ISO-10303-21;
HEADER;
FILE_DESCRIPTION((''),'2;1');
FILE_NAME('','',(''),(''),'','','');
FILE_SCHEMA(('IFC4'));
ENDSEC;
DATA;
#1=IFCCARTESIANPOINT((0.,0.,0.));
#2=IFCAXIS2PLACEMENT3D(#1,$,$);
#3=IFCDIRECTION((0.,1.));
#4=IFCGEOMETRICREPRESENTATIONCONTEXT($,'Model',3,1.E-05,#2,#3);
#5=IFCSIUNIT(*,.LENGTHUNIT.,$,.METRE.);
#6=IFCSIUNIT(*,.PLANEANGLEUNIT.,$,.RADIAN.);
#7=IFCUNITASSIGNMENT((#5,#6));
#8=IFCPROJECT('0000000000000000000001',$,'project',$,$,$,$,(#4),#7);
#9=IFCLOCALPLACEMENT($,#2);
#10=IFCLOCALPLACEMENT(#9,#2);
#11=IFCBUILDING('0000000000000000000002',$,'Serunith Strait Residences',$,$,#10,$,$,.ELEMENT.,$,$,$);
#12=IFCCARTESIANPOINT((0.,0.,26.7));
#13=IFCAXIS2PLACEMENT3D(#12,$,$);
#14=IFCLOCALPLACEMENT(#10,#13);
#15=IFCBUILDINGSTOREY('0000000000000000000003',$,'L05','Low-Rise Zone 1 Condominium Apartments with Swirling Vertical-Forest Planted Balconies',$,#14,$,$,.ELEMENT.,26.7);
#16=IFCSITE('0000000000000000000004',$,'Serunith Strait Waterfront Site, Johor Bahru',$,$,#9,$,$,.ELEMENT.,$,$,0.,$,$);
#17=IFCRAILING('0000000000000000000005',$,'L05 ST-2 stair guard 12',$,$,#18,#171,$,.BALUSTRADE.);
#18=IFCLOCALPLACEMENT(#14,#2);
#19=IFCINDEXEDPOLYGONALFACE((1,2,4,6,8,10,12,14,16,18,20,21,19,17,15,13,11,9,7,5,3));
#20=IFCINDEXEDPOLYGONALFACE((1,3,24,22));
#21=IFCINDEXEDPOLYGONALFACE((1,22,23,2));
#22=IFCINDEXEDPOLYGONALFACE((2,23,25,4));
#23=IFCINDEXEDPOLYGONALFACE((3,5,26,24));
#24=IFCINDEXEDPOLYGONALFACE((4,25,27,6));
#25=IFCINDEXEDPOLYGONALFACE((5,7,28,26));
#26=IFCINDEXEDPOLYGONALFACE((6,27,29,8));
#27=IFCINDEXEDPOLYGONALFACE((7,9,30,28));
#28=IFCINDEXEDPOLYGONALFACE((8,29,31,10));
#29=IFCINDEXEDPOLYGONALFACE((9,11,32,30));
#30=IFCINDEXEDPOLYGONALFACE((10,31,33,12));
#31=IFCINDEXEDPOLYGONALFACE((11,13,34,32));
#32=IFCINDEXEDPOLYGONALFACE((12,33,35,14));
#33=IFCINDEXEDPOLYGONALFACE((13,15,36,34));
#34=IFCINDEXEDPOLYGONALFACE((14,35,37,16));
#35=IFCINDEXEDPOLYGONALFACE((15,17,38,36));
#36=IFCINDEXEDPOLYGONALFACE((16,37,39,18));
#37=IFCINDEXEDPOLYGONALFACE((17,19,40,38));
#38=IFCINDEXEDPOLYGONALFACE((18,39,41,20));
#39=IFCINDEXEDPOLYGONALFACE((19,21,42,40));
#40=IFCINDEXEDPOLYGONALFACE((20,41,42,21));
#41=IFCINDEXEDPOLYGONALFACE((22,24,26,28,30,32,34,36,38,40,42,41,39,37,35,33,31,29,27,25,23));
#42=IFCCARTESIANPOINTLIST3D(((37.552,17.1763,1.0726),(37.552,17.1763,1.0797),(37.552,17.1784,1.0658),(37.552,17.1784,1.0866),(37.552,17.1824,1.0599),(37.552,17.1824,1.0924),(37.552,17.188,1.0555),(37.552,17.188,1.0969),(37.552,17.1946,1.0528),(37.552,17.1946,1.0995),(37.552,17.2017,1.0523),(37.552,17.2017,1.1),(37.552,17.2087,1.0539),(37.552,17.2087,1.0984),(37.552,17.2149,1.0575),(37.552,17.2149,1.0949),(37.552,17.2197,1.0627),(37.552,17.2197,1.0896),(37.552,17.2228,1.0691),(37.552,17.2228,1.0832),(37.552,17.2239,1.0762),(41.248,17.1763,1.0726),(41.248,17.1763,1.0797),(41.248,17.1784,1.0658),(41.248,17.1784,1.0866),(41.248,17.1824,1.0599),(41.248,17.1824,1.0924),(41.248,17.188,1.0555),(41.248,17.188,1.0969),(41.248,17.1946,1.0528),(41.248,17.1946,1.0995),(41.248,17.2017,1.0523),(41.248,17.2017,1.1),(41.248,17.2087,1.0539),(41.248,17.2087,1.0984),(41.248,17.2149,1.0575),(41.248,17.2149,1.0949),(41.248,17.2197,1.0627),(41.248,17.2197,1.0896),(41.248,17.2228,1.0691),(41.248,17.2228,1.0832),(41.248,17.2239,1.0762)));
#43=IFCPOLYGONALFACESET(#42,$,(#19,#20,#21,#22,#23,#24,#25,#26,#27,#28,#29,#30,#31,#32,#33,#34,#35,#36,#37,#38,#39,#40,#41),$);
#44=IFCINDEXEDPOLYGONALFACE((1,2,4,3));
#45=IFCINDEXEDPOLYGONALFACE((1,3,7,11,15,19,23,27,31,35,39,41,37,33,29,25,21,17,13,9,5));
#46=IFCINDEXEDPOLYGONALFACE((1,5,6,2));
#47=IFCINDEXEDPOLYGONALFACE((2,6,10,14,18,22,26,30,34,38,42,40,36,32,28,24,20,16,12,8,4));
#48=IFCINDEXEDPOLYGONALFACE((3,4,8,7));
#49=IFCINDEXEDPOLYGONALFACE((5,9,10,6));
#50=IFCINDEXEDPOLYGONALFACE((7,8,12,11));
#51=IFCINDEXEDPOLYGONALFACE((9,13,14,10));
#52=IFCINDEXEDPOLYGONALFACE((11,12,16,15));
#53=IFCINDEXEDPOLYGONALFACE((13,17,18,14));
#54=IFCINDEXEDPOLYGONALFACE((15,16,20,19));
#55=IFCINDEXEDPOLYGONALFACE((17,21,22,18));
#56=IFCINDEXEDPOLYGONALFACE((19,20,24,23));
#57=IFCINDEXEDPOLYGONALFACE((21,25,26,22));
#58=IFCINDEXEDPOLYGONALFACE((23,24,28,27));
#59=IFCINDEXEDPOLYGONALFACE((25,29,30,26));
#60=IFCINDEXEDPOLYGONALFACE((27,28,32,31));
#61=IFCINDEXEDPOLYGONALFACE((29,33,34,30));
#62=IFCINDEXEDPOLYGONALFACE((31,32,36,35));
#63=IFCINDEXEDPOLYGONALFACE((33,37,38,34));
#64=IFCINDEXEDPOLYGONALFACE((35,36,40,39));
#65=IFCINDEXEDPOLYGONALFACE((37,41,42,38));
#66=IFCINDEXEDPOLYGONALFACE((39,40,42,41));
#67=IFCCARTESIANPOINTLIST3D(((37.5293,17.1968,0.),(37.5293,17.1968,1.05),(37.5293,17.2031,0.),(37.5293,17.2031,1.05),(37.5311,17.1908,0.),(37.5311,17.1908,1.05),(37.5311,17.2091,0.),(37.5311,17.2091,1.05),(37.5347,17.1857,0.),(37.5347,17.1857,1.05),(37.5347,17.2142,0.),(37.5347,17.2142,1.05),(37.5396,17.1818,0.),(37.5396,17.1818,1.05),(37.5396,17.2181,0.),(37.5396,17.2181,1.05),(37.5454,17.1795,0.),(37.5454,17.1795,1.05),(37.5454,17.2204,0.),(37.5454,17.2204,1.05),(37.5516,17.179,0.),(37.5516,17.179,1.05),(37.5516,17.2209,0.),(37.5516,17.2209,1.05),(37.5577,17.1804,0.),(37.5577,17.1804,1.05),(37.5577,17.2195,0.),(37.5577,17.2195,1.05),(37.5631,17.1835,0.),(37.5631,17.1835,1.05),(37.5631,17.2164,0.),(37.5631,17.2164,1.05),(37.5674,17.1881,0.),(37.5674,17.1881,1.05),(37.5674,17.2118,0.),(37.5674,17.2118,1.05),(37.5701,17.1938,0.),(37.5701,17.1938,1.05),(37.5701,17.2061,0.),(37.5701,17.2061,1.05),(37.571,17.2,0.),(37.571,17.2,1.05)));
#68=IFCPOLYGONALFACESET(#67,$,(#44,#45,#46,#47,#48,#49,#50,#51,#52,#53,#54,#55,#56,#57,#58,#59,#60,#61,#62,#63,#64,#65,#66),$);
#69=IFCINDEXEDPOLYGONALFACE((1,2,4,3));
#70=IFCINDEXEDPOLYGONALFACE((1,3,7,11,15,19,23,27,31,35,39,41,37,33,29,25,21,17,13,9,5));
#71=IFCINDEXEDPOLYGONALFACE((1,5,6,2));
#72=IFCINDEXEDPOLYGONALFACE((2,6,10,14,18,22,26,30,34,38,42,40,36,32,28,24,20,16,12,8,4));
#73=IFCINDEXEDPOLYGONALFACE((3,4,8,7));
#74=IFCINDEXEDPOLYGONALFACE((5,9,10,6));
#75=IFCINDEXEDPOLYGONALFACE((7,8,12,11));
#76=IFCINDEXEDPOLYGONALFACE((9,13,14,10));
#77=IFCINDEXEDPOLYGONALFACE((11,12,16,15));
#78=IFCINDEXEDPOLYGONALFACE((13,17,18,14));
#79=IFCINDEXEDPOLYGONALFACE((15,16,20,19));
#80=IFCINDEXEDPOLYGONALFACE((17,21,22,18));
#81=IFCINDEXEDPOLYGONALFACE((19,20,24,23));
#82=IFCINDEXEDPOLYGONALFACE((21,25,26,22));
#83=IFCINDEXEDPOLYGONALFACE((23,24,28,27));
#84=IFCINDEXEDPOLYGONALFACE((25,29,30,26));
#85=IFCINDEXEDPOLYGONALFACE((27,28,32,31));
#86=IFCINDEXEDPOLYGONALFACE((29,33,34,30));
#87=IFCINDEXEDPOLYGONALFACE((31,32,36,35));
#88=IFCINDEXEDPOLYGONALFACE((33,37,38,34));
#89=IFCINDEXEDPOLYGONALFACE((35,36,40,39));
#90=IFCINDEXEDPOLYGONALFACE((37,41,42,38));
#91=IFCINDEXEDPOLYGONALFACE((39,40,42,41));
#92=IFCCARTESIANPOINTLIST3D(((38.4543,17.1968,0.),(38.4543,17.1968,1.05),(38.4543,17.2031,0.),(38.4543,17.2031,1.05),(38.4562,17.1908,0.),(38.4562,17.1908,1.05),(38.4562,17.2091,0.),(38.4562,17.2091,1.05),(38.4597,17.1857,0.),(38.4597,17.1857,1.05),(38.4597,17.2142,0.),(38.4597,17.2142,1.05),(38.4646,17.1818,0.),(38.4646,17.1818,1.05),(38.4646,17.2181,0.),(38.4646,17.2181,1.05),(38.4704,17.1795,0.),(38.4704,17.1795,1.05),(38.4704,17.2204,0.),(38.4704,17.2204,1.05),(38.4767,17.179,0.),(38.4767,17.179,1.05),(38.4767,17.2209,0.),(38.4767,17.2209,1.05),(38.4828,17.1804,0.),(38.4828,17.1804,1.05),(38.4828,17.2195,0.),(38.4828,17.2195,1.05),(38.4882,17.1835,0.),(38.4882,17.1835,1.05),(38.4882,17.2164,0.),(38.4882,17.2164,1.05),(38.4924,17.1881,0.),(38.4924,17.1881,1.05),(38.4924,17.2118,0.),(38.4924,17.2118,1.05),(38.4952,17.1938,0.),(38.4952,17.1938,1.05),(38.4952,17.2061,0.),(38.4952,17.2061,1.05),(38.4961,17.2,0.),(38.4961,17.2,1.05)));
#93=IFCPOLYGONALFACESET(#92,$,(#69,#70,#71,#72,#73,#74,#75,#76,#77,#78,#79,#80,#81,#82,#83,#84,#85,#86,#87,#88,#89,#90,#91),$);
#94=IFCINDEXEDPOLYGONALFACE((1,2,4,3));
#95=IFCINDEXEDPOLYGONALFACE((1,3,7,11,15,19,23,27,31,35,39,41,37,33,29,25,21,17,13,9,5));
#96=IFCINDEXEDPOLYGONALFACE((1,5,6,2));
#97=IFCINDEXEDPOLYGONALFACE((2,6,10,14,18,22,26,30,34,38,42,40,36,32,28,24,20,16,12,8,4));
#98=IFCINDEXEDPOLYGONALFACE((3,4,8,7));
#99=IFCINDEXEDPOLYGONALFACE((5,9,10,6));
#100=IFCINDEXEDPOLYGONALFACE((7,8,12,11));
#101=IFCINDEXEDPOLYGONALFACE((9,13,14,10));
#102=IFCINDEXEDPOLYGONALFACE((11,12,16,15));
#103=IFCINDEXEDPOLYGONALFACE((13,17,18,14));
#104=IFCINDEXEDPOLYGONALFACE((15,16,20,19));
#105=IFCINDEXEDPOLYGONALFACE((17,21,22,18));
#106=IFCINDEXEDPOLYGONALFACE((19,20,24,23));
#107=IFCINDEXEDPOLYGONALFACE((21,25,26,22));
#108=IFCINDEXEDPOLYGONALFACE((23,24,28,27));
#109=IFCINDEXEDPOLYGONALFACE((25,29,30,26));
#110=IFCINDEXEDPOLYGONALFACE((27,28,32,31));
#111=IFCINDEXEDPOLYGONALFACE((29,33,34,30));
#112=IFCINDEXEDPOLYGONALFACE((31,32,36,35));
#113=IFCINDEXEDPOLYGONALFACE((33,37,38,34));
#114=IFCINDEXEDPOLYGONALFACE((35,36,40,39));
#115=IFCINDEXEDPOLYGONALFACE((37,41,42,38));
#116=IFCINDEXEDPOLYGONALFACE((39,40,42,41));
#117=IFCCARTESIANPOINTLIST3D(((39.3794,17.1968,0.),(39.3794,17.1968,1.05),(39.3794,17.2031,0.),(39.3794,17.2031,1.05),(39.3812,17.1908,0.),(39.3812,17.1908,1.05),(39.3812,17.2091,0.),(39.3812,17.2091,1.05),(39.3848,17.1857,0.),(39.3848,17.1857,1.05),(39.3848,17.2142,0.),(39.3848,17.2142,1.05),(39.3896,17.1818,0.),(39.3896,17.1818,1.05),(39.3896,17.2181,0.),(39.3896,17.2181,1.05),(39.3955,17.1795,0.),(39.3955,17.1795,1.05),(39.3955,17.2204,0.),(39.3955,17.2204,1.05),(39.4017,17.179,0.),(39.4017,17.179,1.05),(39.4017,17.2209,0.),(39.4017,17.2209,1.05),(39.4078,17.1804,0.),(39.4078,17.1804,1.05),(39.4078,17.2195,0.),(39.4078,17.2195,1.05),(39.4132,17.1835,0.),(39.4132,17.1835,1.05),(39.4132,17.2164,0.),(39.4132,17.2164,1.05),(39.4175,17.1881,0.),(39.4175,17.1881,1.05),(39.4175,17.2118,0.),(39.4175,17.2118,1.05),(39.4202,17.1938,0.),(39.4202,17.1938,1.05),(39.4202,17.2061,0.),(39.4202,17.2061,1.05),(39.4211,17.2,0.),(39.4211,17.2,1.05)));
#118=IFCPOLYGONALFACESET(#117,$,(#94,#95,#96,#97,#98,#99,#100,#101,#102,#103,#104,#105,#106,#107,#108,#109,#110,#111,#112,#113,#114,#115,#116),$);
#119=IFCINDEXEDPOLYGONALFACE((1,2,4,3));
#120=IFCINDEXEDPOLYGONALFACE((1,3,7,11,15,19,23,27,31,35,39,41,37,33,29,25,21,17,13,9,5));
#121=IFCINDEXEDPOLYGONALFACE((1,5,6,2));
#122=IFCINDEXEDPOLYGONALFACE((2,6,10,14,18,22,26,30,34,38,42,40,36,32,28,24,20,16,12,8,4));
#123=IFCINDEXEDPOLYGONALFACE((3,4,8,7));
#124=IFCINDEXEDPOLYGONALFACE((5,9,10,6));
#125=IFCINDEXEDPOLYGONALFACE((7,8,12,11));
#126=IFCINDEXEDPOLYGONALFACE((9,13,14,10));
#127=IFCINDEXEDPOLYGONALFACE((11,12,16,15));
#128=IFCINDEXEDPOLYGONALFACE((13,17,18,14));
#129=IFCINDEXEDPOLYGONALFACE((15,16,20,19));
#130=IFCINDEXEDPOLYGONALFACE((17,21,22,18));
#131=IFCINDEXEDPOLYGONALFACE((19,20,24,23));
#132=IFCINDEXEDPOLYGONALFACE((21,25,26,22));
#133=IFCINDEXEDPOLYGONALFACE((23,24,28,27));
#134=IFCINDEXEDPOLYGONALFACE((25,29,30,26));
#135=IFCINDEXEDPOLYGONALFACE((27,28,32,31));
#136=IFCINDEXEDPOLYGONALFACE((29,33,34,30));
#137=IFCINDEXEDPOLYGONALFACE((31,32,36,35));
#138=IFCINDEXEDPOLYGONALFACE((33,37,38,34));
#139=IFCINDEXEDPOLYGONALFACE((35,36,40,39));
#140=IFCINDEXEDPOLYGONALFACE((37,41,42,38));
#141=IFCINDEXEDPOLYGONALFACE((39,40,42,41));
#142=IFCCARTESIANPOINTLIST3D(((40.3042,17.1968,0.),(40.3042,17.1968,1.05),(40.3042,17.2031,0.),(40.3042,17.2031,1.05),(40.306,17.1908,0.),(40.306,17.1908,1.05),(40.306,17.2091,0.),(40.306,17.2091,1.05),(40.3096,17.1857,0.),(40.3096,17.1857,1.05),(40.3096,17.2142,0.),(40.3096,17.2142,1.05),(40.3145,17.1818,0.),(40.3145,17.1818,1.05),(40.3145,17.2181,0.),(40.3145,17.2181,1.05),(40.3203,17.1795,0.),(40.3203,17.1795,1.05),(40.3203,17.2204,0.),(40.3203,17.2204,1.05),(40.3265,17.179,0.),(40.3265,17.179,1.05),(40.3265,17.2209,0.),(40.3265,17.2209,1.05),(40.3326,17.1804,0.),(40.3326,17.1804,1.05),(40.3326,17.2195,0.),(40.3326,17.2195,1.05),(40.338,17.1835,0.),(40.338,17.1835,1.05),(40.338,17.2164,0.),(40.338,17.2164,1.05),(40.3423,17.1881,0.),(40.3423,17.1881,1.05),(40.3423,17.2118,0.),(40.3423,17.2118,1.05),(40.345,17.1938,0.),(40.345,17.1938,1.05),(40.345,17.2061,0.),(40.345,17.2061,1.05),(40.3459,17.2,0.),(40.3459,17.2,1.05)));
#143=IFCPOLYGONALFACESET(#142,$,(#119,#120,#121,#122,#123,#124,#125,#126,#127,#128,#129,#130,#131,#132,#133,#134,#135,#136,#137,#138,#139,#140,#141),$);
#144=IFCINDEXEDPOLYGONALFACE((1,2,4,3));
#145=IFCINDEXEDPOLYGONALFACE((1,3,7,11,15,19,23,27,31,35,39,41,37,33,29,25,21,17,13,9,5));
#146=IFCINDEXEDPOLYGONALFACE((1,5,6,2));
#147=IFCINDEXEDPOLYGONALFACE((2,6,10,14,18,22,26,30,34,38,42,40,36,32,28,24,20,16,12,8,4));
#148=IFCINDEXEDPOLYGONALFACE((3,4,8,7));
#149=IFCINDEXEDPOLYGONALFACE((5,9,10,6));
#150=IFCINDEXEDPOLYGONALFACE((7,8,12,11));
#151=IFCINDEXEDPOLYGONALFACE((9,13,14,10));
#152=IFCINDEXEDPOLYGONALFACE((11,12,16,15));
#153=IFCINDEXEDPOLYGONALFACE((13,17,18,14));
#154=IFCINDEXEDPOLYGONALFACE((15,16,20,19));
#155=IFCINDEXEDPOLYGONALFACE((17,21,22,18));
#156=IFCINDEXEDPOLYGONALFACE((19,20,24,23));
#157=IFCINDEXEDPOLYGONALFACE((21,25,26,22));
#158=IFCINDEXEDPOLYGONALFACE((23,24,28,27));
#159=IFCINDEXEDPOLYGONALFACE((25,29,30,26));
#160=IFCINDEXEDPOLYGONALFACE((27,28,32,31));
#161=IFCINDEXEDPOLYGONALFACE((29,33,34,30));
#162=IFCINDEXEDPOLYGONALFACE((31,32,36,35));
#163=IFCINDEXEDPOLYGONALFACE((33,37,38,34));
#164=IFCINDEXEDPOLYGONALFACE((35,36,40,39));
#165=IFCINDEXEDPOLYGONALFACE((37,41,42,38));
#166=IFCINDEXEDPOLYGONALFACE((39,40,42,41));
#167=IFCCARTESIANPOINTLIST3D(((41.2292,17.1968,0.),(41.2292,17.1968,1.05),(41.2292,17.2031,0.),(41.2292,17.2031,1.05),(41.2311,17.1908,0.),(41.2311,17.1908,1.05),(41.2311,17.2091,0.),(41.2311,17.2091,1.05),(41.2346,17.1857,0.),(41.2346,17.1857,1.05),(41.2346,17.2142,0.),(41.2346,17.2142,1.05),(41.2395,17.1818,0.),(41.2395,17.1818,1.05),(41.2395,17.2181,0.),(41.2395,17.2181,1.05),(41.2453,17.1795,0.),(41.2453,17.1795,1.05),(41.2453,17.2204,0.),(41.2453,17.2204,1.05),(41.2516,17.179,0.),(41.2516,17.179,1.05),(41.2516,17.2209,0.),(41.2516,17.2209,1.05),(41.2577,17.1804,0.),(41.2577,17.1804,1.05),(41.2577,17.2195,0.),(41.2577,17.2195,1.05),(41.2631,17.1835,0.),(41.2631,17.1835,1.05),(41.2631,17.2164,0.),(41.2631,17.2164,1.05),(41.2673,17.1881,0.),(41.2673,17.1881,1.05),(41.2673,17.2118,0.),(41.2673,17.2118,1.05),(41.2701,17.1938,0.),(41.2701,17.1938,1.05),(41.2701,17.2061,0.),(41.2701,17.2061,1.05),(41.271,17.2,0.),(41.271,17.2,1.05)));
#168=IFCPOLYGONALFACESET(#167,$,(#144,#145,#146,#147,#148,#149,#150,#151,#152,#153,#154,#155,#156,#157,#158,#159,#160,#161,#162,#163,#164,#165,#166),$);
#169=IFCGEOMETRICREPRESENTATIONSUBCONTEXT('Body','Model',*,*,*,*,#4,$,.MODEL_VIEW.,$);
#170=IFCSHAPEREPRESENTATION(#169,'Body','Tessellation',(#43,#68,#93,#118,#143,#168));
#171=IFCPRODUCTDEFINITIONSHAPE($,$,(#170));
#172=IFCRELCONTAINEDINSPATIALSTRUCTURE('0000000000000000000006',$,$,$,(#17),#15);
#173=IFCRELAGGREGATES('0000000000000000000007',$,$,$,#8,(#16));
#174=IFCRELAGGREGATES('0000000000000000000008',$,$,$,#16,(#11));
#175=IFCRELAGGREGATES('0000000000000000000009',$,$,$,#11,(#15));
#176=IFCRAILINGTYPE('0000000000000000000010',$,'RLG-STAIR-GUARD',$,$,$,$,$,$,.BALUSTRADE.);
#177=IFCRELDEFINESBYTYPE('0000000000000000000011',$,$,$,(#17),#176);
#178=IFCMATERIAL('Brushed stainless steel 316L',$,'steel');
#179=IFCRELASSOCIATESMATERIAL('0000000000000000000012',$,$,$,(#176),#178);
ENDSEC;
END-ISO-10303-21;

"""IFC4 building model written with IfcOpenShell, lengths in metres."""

from ifc_helpers import new_model, si_unit, direction, frame, origin, origin_2d, place, context, subcontext, project, spatial, circle, extrude, material, type_object, element, save


model = new_model("IFC4")

# Units and contexts
model_context = context("Model", 3, precision=1e-05, world=origin(), true_north=direction((0.0, 1.0)))
body_context = subcontext(model_context, "Body", "Model", "MODEL_VIEW")
ifc_project = project(units=[si_unit("LENGTHUNIT", "METRE"), si_unit("PLANEANGLEUNIT", "RADIAN")], contexts=[model_context])

# Site, building, storey
site_placement = place(None, origin())
site = spatial("IfcSite", under=ifc_project, at=site_placement, Name="Serunith Strait Waterfront Site, Johor Bahru", CompositionType="ELEMENT", RefElevation=0.0)
building_placement = place(site_placement, origin())
building = spatial("IfcBuilding", under=site, at=building_placement, Name="Serunith Strait Residences", CompositionType="ELEMENT")
storey_placement = place(building_placement, frame((0.0, 0.0, 26.7)))
storey = spatial("IfcBuildingStorey", under=building, at=storey_placement, Name="L05", Description="Low-Rise Zone 1 Condominium Apartments with Swirling Vertical-Forest Planted Balconies", CompositionType="ELEMENT", Elevation=26.7)

# Railing
ifc_material_1 = material(Name="Brushed stainless steel 316L", Category="steel")
railing_type_1 = type_object("IfcRailingType", Name="RLG-STAIR-GUARD", PredefinedType="BALUSTRADE", material=ifc_material_1)
railing_1_placement = place(storey_placement, frame((37.55, 17.2, 0.0)))
element("IfcRailing", 1, at=railing_1_placement, inside=storey, type_object=railing_type_1, Name="L05 ST-2 stair guard 12", PredefinedType="BALUSTRADE", context=body_context, shape_type="SweptSolid", body=[
    extrude(circle(Radius=0.0239, at=origin_2d()), frame((0.002, 0.0, 1.0762), z_axis=(1.0, 0.0, 0.0), x_axis=(0.0, 1.0, 0.0)), (0.0, 0.0, 1.0), 3.696),
    extrude(circle(Radius=0.021, at=origin_2d()), origin(), (0.0, 0.0, 1.0), 1.05),
    extrude(circle(Radius=0.021, at=origin_2d()), frame((0.925, 0.0, 0.0)), (0.0, 0.0, 1.0), 1.05),
    extrude(circle(Radius=0.021, at=origin_2d()), frame((1.8501, 0.0, 0.0)), (0.0, 0.0, 1.0), 1.05),
    extrude(circle(Radius=0.021, at=origin_2d()), frame((2.7749, 0.0, 0.0)), (0.0, 0.0, 1.0), 1.05),
    extrude(circle(Radius=0.021, at=origin_2d()), frame((3.7, 0.0, 0.0)), (0.0, 0.0, 1.0), 1.05),
])

save(model, "model.ifc")
